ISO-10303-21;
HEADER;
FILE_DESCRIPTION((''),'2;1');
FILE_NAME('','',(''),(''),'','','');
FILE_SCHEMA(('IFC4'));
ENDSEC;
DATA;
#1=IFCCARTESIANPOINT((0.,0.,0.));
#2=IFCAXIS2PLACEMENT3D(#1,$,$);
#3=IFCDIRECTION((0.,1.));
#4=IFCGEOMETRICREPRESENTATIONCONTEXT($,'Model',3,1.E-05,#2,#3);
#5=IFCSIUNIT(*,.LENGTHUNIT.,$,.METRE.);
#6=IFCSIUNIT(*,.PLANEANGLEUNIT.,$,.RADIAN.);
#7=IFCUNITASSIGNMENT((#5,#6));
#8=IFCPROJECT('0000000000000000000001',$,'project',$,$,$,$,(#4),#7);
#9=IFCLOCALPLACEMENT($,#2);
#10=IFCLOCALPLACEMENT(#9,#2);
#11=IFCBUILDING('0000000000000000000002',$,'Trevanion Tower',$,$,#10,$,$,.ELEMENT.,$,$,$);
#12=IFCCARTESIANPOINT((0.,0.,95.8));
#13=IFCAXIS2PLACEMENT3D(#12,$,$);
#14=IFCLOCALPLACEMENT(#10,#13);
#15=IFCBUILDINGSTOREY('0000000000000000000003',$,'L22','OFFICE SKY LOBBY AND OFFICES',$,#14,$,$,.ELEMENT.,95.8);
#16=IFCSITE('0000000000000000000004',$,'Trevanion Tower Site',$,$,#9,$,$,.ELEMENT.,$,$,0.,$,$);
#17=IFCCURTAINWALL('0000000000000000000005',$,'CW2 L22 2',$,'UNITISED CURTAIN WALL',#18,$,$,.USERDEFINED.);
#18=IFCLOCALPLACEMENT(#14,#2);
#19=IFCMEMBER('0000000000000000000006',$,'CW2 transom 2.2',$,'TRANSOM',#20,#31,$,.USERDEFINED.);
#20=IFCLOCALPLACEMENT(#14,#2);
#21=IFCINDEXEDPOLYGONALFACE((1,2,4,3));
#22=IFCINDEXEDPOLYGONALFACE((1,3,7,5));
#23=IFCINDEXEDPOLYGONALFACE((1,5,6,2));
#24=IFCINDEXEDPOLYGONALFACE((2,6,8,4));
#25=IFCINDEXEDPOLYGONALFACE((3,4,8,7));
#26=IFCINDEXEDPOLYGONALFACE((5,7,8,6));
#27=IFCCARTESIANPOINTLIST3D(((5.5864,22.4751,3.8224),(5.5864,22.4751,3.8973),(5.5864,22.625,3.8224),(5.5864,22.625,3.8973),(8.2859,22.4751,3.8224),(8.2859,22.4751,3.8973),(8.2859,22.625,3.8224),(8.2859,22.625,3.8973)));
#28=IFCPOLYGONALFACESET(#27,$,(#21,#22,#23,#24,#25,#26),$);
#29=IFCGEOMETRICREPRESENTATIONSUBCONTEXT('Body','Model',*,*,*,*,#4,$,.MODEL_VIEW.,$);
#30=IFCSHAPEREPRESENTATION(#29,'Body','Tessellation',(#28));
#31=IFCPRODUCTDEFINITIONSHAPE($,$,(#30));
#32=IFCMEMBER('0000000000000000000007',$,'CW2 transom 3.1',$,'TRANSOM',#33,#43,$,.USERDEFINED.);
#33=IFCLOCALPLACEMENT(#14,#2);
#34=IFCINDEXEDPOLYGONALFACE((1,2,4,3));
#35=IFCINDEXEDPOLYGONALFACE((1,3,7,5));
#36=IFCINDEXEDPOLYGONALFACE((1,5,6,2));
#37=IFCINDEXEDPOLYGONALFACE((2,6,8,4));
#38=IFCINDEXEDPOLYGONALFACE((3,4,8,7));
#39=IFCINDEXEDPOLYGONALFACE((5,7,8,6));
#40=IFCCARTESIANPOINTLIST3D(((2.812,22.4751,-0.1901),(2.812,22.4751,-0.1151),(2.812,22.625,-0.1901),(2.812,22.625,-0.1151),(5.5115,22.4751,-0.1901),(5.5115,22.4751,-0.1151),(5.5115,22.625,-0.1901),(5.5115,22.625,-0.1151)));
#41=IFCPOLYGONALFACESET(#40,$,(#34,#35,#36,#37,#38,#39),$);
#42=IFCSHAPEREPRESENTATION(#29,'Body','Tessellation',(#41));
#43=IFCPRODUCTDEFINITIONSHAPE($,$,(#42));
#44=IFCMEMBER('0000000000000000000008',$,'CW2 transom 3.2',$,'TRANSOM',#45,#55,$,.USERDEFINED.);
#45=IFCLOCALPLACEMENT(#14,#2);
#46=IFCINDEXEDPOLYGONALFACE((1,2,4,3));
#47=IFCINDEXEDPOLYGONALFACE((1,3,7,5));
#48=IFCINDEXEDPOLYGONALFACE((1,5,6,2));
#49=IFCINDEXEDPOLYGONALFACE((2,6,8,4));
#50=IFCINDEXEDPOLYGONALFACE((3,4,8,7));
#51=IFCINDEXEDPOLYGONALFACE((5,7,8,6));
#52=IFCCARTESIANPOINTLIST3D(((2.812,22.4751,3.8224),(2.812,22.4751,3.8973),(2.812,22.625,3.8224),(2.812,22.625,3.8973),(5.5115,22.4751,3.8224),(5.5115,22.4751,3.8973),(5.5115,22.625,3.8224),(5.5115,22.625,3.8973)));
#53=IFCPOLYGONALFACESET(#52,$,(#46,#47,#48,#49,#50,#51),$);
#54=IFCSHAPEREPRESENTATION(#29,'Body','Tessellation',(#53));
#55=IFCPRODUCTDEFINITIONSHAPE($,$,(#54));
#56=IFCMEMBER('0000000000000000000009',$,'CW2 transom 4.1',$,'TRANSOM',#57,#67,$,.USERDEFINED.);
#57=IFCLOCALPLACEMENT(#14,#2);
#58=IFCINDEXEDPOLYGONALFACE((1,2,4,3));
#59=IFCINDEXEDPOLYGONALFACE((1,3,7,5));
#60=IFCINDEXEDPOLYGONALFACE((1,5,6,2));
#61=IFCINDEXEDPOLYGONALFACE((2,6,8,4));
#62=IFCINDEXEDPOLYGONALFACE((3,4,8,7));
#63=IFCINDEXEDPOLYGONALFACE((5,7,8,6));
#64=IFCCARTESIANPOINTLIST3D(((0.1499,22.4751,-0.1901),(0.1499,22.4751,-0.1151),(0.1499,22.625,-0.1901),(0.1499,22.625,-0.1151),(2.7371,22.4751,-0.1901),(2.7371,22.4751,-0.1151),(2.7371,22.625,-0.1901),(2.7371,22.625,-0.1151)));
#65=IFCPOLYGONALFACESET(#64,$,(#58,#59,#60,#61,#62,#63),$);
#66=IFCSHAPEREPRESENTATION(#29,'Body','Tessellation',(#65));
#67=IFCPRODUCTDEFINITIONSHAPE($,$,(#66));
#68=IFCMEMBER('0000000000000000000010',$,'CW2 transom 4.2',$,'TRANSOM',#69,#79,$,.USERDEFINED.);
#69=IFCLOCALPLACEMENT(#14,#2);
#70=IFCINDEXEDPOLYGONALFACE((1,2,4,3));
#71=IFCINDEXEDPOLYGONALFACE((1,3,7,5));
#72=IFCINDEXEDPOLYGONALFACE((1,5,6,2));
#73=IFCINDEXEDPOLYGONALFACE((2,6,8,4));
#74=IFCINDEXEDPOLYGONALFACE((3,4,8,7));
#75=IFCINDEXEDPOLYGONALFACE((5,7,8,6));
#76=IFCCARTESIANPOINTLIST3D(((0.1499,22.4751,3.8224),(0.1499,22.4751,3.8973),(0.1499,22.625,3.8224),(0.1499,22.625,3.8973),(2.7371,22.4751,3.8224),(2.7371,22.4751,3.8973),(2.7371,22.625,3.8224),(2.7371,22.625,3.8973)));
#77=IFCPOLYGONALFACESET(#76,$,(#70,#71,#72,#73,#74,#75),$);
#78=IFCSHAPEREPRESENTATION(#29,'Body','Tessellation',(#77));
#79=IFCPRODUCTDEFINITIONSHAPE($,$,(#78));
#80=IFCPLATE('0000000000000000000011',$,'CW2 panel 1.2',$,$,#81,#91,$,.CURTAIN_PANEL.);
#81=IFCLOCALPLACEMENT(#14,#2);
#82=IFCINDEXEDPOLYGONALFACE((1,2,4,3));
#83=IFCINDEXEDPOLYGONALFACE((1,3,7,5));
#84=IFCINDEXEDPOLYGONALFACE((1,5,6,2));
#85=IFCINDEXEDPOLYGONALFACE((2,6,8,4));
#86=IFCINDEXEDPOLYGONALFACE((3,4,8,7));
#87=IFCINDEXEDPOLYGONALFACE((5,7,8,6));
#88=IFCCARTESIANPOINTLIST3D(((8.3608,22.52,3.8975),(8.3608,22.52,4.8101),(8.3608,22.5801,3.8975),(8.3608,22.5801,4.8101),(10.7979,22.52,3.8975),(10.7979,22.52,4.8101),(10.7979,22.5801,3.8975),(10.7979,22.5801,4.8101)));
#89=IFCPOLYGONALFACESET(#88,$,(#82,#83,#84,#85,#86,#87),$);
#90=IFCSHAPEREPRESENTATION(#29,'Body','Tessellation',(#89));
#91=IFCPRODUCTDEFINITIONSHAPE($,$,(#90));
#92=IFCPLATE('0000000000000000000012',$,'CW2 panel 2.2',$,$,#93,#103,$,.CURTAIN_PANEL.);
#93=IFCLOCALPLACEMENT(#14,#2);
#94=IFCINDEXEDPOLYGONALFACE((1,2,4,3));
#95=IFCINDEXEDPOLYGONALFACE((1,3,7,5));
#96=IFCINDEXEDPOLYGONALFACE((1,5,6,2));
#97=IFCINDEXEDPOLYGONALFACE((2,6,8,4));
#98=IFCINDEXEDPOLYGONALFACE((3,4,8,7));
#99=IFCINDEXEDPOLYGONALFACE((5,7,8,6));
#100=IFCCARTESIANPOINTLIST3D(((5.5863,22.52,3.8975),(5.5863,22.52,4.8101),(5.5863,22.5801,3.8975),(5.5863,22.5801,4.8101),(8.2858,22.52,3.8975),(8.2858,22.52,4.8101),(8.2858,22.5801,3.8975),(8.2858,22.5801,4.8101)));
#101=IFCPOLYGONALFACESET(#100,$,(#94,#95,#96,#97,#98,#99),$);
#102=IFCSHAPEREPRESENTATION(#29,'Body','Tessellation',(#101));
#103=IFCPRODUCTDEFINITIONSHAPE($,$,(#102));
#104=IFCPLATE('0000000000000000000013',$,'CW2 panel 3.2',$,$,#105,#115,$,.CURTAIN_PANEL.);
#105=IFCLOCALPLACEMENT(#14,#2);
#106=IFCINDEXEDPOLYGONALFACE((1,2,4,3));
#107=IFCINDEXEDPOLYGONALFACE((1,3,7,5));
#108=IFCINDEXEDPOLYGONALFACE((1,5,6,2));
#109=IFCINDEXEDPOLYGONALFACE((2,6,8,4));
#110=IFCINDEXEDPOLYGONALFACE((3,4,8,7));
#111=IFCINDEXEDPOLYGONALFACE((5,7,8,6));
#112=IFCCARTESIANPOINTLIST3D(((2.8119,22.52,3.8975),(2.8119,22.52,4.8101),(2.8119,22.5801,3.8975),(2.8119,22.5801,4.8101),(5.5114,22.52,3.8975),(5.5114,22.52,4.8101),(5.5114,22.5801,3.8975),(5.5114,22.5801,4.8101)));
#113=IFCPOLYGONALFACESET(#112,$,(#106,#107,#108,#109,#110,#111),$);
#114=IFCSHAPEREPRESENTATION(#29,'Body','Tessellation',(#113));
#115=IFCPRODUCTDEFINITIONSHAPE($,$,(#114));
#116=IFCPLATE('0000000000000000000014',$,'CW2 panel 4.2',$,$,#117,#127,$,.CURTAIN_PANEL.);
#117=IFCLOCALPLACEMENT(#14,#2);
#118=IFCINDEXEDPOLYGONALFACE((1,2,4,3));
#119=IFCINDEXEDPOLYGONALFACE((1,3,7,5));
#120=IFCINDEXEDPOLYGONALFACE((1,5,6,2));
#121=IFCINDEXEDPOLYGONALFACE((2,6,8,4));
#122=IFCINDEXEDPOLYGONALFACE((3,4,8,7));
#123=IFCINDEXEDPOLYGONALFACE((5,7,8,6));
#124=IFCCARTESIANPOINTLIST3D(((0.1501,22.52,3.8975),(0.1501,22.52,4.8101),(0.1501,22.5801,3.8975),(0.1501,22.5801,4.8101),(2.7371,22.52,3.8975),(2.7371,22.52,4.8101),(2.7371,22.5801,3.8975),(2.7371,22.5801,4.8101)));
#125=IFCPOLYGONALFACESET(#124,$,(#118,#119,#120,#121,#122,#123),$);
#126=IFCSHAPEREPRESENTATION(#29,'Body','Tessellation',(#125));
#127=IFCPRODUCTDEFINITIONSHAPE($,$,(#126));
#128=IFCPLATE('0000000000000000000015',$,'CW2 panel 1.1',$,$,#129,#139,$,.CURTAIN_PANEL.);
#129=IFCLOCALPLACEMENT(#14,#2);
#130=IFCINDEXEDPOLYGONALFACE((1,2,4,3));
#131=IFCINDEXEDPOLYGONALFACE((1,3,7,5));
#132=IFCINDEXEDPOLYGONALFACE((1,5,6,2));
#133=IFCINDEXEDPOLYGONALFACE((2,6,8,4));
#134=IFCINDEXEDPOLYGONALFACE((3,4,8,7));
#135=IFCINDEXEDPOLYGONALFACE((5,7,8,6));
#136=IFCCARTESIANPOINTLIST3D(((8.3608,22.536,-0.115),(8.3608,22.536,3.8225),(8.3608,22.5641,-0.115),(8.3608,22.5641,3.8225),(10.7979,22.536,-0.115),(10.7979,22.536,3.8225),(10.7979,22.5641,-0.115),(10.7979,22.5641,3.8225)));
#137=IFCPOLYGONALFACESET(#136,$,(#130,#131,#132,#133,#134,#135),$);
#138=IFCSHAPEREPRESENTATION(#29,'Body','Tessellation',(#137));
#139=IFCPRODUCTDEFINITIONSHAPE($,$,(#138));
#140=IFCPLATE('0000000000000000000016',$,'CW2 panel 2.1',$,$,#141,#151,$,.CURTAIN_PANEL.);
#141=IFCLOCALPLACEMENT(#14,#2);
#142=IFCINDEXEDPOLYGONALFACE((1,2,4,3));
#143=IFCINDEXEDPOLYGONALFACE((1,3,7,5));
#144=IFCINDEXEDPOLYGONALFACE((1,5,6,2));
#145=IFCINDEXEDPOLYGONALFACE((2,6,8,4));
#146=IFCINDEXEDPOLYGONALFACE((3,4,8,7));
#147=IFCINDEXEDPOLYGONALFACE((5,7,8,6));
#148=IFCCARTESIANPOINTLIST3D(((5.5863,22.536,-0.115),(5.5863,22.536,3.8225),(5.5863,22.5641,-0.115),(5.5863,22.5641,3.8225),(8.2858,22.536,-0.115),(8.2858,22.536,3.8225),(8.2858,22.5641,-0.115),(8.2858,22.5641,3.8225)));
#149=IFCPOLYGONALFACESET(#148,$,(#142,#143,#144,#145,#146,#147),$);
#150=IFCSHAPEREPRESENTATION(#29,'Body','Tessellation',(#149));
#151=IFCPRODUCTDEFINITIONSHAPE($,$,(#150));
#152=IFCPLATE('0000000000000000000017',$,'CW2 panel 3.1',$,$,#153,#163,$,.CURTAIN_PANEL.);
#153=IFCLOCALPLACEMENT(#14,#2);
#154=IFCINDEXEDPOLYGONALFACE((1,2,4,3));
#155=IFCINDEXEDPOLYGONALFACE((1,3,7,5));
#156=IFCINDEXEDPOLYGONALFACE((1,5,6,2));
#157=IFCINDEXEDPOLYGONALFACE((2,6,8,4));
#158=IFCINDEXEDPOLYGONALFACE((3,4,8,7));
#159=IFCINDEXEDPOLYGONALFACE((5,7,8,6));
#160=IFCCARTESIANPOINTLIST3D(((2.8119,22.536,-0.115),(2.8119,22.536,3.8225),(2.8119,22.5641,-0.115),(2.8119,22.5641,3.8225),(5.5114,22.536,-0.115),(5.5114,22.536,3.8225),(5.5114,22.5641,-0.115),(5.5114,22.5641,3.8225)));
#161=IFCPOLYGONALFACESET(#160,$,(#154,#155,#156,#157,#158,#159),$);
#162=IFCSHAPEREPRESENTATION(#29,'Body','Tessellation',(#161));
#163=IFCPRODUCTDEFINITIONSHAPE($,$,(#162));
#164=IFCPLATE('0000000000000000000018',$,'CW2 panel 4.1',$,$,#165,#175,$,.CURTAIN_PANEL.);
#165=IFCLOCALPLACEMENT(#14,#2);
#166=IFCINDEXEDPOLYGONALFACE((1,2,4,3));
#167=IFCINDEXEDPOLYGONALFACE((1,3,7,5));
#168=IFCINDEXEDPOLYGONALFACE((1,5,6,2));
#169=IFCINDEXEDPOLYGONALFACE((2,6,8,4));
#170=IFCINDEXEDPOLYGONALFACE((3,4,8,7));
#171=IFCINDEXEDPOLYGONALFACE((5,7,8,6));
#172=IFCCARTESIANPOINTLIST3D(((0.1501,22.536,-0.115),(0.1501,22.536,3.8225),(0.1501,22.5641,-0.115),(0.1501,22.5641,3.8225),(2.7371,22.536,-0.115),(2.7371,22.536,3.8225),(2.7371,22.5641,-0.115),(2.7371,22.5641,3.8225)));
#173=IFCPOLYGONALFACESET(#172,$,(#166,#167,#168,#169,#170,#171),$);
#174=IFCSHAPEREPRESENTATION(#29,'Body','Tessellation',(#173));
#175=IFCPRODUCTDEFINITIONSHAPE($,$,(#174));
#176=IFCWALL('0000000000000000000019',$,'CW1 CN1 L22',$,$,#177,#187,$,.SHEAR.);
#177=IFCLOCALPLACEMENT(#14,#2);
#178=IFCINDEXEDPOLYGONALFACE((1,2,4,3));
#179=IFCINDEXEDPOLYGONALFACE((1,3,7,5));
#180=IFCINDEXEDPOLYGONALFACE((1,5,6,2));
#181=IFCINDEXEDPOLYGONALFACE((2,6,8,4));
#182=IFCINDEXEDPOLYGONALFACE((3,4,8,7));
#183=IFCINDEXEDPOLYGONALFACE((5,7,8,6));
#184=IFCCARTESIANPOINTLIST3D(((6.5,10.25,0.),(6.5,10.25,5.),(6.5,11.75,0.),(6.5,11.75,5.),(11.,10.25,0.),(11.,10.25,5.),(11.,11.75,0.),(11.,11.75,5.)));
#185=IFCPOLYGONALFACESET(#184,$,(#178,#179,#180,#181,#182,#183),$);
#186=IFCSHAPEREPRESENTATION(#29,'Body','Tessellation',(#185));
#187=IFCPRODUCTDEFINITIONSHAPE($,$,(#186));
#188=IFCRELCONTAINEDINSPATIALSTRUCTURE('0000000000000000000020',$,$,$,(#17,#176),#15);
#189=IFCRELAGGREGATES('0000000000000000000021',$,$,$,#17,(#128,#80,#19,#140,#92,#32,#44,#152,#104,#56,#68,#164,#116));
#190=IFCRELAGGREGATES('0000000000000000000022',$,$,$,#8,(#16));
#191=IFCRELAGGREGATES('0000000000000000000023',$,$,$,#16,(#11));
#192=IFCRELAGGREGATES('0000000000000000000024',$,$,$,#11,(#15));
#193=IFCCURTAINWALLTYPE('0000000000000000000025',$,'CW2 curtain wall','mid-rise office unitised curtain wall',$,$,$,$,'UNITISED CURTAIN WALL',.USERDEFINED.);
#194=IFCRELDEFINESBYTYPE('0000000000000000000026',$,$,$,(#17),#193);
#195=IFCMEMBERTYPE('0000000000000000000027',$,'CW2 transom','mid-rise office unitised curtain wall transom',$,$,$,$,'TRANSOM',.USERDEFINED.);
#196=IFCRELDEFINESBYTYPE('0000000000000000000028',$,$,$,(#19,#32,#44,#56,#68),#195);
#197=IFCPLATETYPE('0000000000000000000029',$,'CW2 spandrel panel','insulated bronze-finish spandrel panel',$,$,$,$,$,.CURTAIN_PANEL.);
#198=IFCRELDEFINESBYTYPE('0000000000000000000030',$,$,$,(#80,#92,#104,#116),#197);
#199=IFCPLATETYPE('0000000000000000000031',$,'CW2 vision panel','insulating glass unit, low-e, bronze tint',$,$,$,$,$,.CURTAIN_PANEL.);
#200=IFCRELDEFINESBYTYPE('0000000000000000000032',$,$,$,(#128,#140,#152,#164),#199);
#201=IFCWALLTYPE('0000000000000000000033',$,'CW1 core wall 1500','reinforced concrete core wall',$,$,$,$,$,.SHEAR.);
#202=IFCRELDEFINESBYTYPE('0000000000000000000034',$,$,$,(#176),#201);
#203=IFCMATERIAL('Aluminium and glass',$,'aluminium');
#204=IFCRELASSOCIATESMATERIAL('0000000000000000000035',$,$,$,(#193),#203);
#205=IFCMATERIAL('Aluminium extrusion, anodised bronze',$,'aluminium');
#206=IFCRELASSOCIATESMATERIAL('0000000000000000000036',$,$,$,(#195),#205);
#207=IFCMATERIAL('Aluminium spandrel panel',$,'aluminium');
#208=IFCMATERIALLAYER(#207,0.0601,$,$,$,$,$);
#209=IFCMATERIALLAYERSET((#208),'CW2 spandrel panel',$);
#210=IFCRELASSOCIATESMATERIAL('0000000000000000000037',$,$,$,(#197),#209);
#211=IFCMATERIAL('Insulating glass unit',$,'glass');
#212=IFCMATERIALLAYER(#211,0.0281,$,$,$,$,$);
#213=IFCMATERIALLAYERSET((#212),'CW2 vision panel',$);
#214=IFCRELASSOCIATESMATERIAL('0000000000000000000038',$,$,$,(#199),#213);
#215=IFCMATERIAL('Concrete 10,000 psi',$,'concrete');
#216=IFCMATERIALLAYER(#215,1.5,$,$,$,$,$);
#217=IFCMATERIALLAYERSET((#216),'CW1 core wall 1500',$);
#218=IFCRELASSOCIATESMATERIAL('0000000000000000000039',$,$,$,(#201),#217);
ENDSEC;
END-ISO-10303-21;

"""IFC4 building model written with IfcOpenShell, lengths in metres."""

from ifc_helpers import new_model, si_unit, direction, frame, frame_2d, origin, origin_2d, place, context, subcontext, project, spatial, rectangle, extrude, material, layer, layer_set, material_profile, profile_set, type_object, element, aggregate, save


model = new_model("IFC4")

# Units and contexts
model_context = context("Model", 3, precision=1e-05, world=origin(), true_north=direction((0.0, 1.0)))
body_context = subcontext(model_context, "Body", "Model", "MODEL_VIEW")
ifc_project = project(units=[si_unit("LENGTHUNIT", "METRE"), si_unit("PLANEANGLEUNIT", "RADIAN")], contexts=[model_context])

# Site, building, storey
site_placement = place(None, origin())
site = spatial("IfcSite", under=ifc_project, at=site_placement, Name="Trevanion Tower Site", CompositionType="ELEMENT", RefElevation=0.0)
building_placement = place(site_placement, origin())
building = spatial("IfcBuilding", under=site, at=building_placement, Name="Trevanion Tower", CompositionType="ELEMENT")
storey_placement = place(building_placement, frame((0.0, 0.0, 95.8)))
storey = spatial("IfcBuildingStorey", under=building, at=storey_placement, Name="L22", Description="OFFICE SKY LOBBY AND OFFICES", CompositionType="ELEMENT", Elevation=95.8)

# Curtain wall
ifc_material_1 = material(Name="Aluminium and glass", Category="aluminium")
curtain_wall_type = type_object("IfcCurtainWallType", Name="CW2 curtain wall", Description="mid-rise office unitised curtain wall", ElementType="UNITISED CURTAIN WALL", PredefinedType="USERDEFINED", material=ifc_material_1)
curtain_wall_1_placement = place(storey_placement, origin())
curtain_wall_1 = element("IfcCurtainWall", 1, at=curtain_wall_1_placement, inside=storey, type_object=curtain_wall_type, Name="CW2 L22 2", ObjectType="UNITISED CURTAIN WALL", PredefinedType="USERDEFINED")

# Members
ifc_material_2 = material(Name="Aluminium extrusion, anodised bronze", Category="aluminium")
ifc_material_profile_1 = material_profile(ifc_material_2, rectangle(XDim=0.1499, YDim=0.075, at=origin_2d()), Name="CW2 transom")
ifc_profile_set_1 = profile_set([ifc_material_profile_1], Name="Aluminium extrusion, anodised bronze")
member_type_1 = type_object("IfcMemberType", Name="CW2 transom", Description="mid-rise office unitised curtain wall transom", ElementType="TRANSOM", PredefinedType="USERDEFINED", material=ifc_profile_set_1)
member_1_placement = place(storey_placement, frame((8.2859, 22.55, 3.8599), z_axis=(-1.0, 0.0, 0.0), x_axis=(0.0, -1.0, 0.0)))
member_1 = element("IfcMember", 2, at=member_1_placement, type_object=member_type_1, Name="CW2 transom 2.2", ObjectType="TRANSOM", PredefinedType="USERDEFINED", context=body_context, shape_type="SweptSolid", body=[
    extrude(rectangle(XDim=0.1499, YDim=0.075, at=origin_2d()), origin(), (0.0, 0.0, 1.0), 2.6995),
])
member_2_placement = place(storey_placement, frame((5.5115, 22.55, -0.1526), z_axis=(-1.0, 0.0, 0.0), x_axis=(0.0, -1.0, 0.0)))
member_2 = element("IfcMember", 3, at=member_2_placement, type_object=member_type_1, Name="CW2 transom 3.1", ObjectType="TRANSOM", PredefinedType="USERDEFINED", context=body_context, shape_type="SweptSolid", body=[
    extrude(rectangle(XDim=0.1499, YDim=0.075, at=origin_2d()), origin(), (0.0, 0.0, 1.0), 2.6995),
])
member_3_placement = place(storey_placement, frame((5.5115, 22.55, 3.8599), z_axis=(-1.0, 0.0, 0.0), x_axis=(0.0, -1.0, 0.0)))
member_3 = element("IfcMember", 4, at=member_3_placement, type_object=member_type_1, Name="CW2 transom 3.2", ObjectType="TRANSOM", PredefinedType="USERDEFINED", context=body_context, shape_type="SweptSolid", body=[
    extrude(rectangle(XDim=0.1499, YDim=0.075, at=origin_2d()), origin(), (0.0, 0.0, 1.0), 2.6995),
])
member_4_placement = place(storey_placement, frame((2.7371, 22.55, -0.1526), z_axis=(-1.0, 0.0, 0.0), x_axis=(0.0, -1.0, 0.0)))
member_4 = element("IfcMember", 5, at=member_4_placement, type_object=member_type_1, Name="CW2 transom 4.1", ObjectType="TRANSOM", PredefinedType="USERDEFINED", context=body_context, shape_type="SweptSolid", body=[
    extrude(rectangle(XDim=0.1499, YDim=0.075, at=origin_2d()), origin(), (0.0, 0.0, 1.0), 2.5872),
])
member_5_placement = place(storey_placement, frame((2.7371, 22.55, 3.8599), z_axis=(-1.0, 0.0, 0.0), x_axis=(0.0, -1.0, 0.0)))
member_5 = element("IfcMember", 6, at=member_5_placement, type_object=member_type_1, Name="CW2 transom 4.2", ObjectType="TRANSOM", PredefinedType="USERDEFINED", context=body_context, shape_type="SweptSolid", body=[
    extrude(rectangle(XDim=0.1499, YDim=0.075, at=origin_2d()), origin(), (0.0, 0.0, 1.0), 2.5872),
])

# Plates
ifc_material_3 = material(Name="Aluminium spandrel panel", Category="aluminium")
ifc_layer_1 = layer(ifc_material_3, 0.0601)
ifc_layer_set_1 = layer_set([ifc_layer_1], Name="CW2 spandrel panel")
plate_type_1 = type_object("IfcPlateType", Name="CW2 spandrel panel", Description="insulated bronze-finish spandrel panel", PredefinedType="CURTAIN_PANEL", material=ifc_layer_set_1)
plate_1_placement = place(storey_placement, frame((9.5793, 22.55, 3.8975), z_axis=(0.0, 0.0, 1.0), x_axis=(-1.0, 0.0, 0.0)))
plate_1 = element("IfcPlate", 7, at=plate_1_placement, type_object=plate_type_1, Name="CW2 panel 1.2", PredefinedType="CURTAIN_PANEL", context=body_context, shape_type="SweptSolid", body=[
    extrude(rectangle(XDim=2.437, YDim=0.0601, at=origin_2d()), origin(), (0.0, 0.0, 1.0), 0.9126),
])
plate_2_placement = place(storey_placement, frame((6.936, 22.55, 3.8975), z_axis=(0.0, 0.0, 1.0), x_axis=(-1.0, 0.0, 0.0)))
plate_2 = element("IfcPlate", 8, at=plate_2_placement, type_object=plate_type_1, Name="CW2 panel 2.2", PredefinedType="CURTAIN_PANEL", context=body_context, shape_type="SweptSolid", body=[
    extrude(rectangle(XDim=2.6995, YDim=0.0601, at=origin_2d()), origin(), (0.0, 0.0, 1.0), 0.9126),
])
plate_3_placement = place(storey_placement, frame((4.1616, 22.55, 3.8975), z_axis=(0.0, 0.0, 1.0), x_axis=(-1.0, 0.0, 0.0)))
plate_3 = element("IfcPlate", 9, at=plate_3_placement, type_object=plate_type_1, Name="CW2 panel 3.2", PredefinedType="CURTAIN_PANEL", context=body_context, shape_type="SweptSolid", body=[
    extrude(rectangle(XDim=2.6995, YDim=0.0601, at=origin_2d()), origin(), (0.0, 0.0, 1.0), 0.9126),
])
plate_4_placement = place(storey_placement, frame((1.4436, 22.55, 3.8975), z_axis=(0.0, 0.0, 1.0), x_axis=(-1.0, 0.0, 0.0)))
plate_4 = element("IfcPlate", 10, at=plate_4_placement, type_object=plate_type_1, Name="CW2 panel 4.2", PredefinedType="CURTAIN_PANEL", context=body_context, shape_type="SweptSolid", body=[
    extrude(rectangle(XDim=2.5869, YDim=0.0601, at=origin_2d()), origin(), (0.0, 0.0, 1.0), 0.9126),
])
ifc_material_4 = material(Name="Insulating glass unit", Category="glass")
ifc_layer_2 = layer(ifc_material_4, 0.0281)
ifc_layer_set_2 = layer_set([ifc_layer_2], Name="CW2 vision panel")
plate_type_2 = type_object("IfcPlateType", Name="CW2 vision panel", Description="insulating glass unit, low-e, bronze tint", PredefinedType="CURTAIN_PANEL", material=ifc_layer_set_2)
plate_5_placement = place(storey_placement, frame((9.5793, 22.55, -0.115), z_axis=(0.0, 0.0, 1.0), x_axis=(-1.0, 0.0, 0.0)))
plate_5 = element("IfcPlate", 11, at=plate_5_placement, type_object=plate_type_2, Name="CW2 panel 1.1", PredefinedType="CURTAIN_PANEL", context=body_context, shape_type="SweptSolid", body=[
    extrude(rectangle(XDim=2.437, YDim=0.0281, at=origin_2d()), origin(), (0.0, 0.0, 1.0), 3.9375),
])
plate_6_placement = place(storey_placement, frame((6.936, 22.55, -0.115), z_axis=(0.0, 0.0, 1.0), x_axis=(-1.0, 0.0, 0.0)))
plate_6 = element("IfcPlate", 12, at=plate_6_placement, type_object=plate_type_2, Name="CW2 panel 2.1", PredefinedType="CURTAIN_PANEL", context=body_context, shape_type="SweptSolid", body=[
    extrude(rectangle(XDim=2.6995, YDim=0.0281, at=origin_2d()), origin(), (0.0, 0.0, 1.0), 3.9375),
])
plate_7_placement = place(storey_placement, frame((4.1616, 22.55, -0.115), z_axis=(0.0, 0.0, 1.0), x_axis=(-1.0, 0.0, 0.0)))
plate_7 = element("IfcPlate", 13, at=plate_7_placement, type_object=plate_type_2, Name="CW2 panel 3.1", PredefinedType="CURTAIN_PANEL", context=body_context, shape_type="SweptSolid", body=[
    extrude(rectangle(XDim=2.6995, YDim=0.0281, at=origin_2d()), origin(), (0.0, 0.0, 1.0), 3.9375),
])
plate_8_placement = place(storey_placement, frame((1.4436, 22.55, -0.115), z_axis=(0.0, 0.0, 1.0), x_axis=(-1.0, 0.0, 0.0)))
plate_8 = element("IfcPlate", 14, at=plate_8_placement, type_object=plate_type_2, Name="CW2 panel 4.1", PredefinedType="CURTAIN_PANEL", context=body_context, shape_type="SweptSolid", body=[
    extrude(rectangle(XDim=2.5869, YDim=0.0281, at=origin_2d()), origin(), (0.0, 0.0, 1.0), 3.9375),
])
aggregate(curtain_wall_1, [plate_5, plate_1, member_1, plate_6, plate_2, member_2, member_3, plate_7, plate_3, member_4, member_5, plate_8, plate_4])

# Wall
ifc_material_5 = material(Name="Concrete 10,000 psi", Category="concrete")
ifc_layer_3 = layer(ifc_material_5, 1.5)
ifc_layer_set_3 = layer_set([ifc_layer_3], Name="CW1 core wall 1500")
wall_type_1 = type_object("IfcWallType", Name="CW1 core wall 1500", Description="reinforced concrete core wall", PredefinedType="SHEAR", material=ifc_layer_set_3)
wall_1_placement = place(storey_placement, frame((11.0, 11.0, 0.0), z_axis=(0.0, 0.0, 1.0), x_axis=(-1.0, 0.0, 0.0)))
element("IfcWall", 15, at=wall_1_placement, inside=storey, type_object=wall_type_1, Name="CW1 CN1 L22", PredefinedType="SHEAR", context=body_context, shape_type="SweptSolid", body=[
    extrude(rectangle(XDim=4.5, YDim=1.5, at=frame_2d((2.25, 0.0))), origin(), (0.0, 0.0, 1.0), 5.0),
])

save(model, "model.ifc")
